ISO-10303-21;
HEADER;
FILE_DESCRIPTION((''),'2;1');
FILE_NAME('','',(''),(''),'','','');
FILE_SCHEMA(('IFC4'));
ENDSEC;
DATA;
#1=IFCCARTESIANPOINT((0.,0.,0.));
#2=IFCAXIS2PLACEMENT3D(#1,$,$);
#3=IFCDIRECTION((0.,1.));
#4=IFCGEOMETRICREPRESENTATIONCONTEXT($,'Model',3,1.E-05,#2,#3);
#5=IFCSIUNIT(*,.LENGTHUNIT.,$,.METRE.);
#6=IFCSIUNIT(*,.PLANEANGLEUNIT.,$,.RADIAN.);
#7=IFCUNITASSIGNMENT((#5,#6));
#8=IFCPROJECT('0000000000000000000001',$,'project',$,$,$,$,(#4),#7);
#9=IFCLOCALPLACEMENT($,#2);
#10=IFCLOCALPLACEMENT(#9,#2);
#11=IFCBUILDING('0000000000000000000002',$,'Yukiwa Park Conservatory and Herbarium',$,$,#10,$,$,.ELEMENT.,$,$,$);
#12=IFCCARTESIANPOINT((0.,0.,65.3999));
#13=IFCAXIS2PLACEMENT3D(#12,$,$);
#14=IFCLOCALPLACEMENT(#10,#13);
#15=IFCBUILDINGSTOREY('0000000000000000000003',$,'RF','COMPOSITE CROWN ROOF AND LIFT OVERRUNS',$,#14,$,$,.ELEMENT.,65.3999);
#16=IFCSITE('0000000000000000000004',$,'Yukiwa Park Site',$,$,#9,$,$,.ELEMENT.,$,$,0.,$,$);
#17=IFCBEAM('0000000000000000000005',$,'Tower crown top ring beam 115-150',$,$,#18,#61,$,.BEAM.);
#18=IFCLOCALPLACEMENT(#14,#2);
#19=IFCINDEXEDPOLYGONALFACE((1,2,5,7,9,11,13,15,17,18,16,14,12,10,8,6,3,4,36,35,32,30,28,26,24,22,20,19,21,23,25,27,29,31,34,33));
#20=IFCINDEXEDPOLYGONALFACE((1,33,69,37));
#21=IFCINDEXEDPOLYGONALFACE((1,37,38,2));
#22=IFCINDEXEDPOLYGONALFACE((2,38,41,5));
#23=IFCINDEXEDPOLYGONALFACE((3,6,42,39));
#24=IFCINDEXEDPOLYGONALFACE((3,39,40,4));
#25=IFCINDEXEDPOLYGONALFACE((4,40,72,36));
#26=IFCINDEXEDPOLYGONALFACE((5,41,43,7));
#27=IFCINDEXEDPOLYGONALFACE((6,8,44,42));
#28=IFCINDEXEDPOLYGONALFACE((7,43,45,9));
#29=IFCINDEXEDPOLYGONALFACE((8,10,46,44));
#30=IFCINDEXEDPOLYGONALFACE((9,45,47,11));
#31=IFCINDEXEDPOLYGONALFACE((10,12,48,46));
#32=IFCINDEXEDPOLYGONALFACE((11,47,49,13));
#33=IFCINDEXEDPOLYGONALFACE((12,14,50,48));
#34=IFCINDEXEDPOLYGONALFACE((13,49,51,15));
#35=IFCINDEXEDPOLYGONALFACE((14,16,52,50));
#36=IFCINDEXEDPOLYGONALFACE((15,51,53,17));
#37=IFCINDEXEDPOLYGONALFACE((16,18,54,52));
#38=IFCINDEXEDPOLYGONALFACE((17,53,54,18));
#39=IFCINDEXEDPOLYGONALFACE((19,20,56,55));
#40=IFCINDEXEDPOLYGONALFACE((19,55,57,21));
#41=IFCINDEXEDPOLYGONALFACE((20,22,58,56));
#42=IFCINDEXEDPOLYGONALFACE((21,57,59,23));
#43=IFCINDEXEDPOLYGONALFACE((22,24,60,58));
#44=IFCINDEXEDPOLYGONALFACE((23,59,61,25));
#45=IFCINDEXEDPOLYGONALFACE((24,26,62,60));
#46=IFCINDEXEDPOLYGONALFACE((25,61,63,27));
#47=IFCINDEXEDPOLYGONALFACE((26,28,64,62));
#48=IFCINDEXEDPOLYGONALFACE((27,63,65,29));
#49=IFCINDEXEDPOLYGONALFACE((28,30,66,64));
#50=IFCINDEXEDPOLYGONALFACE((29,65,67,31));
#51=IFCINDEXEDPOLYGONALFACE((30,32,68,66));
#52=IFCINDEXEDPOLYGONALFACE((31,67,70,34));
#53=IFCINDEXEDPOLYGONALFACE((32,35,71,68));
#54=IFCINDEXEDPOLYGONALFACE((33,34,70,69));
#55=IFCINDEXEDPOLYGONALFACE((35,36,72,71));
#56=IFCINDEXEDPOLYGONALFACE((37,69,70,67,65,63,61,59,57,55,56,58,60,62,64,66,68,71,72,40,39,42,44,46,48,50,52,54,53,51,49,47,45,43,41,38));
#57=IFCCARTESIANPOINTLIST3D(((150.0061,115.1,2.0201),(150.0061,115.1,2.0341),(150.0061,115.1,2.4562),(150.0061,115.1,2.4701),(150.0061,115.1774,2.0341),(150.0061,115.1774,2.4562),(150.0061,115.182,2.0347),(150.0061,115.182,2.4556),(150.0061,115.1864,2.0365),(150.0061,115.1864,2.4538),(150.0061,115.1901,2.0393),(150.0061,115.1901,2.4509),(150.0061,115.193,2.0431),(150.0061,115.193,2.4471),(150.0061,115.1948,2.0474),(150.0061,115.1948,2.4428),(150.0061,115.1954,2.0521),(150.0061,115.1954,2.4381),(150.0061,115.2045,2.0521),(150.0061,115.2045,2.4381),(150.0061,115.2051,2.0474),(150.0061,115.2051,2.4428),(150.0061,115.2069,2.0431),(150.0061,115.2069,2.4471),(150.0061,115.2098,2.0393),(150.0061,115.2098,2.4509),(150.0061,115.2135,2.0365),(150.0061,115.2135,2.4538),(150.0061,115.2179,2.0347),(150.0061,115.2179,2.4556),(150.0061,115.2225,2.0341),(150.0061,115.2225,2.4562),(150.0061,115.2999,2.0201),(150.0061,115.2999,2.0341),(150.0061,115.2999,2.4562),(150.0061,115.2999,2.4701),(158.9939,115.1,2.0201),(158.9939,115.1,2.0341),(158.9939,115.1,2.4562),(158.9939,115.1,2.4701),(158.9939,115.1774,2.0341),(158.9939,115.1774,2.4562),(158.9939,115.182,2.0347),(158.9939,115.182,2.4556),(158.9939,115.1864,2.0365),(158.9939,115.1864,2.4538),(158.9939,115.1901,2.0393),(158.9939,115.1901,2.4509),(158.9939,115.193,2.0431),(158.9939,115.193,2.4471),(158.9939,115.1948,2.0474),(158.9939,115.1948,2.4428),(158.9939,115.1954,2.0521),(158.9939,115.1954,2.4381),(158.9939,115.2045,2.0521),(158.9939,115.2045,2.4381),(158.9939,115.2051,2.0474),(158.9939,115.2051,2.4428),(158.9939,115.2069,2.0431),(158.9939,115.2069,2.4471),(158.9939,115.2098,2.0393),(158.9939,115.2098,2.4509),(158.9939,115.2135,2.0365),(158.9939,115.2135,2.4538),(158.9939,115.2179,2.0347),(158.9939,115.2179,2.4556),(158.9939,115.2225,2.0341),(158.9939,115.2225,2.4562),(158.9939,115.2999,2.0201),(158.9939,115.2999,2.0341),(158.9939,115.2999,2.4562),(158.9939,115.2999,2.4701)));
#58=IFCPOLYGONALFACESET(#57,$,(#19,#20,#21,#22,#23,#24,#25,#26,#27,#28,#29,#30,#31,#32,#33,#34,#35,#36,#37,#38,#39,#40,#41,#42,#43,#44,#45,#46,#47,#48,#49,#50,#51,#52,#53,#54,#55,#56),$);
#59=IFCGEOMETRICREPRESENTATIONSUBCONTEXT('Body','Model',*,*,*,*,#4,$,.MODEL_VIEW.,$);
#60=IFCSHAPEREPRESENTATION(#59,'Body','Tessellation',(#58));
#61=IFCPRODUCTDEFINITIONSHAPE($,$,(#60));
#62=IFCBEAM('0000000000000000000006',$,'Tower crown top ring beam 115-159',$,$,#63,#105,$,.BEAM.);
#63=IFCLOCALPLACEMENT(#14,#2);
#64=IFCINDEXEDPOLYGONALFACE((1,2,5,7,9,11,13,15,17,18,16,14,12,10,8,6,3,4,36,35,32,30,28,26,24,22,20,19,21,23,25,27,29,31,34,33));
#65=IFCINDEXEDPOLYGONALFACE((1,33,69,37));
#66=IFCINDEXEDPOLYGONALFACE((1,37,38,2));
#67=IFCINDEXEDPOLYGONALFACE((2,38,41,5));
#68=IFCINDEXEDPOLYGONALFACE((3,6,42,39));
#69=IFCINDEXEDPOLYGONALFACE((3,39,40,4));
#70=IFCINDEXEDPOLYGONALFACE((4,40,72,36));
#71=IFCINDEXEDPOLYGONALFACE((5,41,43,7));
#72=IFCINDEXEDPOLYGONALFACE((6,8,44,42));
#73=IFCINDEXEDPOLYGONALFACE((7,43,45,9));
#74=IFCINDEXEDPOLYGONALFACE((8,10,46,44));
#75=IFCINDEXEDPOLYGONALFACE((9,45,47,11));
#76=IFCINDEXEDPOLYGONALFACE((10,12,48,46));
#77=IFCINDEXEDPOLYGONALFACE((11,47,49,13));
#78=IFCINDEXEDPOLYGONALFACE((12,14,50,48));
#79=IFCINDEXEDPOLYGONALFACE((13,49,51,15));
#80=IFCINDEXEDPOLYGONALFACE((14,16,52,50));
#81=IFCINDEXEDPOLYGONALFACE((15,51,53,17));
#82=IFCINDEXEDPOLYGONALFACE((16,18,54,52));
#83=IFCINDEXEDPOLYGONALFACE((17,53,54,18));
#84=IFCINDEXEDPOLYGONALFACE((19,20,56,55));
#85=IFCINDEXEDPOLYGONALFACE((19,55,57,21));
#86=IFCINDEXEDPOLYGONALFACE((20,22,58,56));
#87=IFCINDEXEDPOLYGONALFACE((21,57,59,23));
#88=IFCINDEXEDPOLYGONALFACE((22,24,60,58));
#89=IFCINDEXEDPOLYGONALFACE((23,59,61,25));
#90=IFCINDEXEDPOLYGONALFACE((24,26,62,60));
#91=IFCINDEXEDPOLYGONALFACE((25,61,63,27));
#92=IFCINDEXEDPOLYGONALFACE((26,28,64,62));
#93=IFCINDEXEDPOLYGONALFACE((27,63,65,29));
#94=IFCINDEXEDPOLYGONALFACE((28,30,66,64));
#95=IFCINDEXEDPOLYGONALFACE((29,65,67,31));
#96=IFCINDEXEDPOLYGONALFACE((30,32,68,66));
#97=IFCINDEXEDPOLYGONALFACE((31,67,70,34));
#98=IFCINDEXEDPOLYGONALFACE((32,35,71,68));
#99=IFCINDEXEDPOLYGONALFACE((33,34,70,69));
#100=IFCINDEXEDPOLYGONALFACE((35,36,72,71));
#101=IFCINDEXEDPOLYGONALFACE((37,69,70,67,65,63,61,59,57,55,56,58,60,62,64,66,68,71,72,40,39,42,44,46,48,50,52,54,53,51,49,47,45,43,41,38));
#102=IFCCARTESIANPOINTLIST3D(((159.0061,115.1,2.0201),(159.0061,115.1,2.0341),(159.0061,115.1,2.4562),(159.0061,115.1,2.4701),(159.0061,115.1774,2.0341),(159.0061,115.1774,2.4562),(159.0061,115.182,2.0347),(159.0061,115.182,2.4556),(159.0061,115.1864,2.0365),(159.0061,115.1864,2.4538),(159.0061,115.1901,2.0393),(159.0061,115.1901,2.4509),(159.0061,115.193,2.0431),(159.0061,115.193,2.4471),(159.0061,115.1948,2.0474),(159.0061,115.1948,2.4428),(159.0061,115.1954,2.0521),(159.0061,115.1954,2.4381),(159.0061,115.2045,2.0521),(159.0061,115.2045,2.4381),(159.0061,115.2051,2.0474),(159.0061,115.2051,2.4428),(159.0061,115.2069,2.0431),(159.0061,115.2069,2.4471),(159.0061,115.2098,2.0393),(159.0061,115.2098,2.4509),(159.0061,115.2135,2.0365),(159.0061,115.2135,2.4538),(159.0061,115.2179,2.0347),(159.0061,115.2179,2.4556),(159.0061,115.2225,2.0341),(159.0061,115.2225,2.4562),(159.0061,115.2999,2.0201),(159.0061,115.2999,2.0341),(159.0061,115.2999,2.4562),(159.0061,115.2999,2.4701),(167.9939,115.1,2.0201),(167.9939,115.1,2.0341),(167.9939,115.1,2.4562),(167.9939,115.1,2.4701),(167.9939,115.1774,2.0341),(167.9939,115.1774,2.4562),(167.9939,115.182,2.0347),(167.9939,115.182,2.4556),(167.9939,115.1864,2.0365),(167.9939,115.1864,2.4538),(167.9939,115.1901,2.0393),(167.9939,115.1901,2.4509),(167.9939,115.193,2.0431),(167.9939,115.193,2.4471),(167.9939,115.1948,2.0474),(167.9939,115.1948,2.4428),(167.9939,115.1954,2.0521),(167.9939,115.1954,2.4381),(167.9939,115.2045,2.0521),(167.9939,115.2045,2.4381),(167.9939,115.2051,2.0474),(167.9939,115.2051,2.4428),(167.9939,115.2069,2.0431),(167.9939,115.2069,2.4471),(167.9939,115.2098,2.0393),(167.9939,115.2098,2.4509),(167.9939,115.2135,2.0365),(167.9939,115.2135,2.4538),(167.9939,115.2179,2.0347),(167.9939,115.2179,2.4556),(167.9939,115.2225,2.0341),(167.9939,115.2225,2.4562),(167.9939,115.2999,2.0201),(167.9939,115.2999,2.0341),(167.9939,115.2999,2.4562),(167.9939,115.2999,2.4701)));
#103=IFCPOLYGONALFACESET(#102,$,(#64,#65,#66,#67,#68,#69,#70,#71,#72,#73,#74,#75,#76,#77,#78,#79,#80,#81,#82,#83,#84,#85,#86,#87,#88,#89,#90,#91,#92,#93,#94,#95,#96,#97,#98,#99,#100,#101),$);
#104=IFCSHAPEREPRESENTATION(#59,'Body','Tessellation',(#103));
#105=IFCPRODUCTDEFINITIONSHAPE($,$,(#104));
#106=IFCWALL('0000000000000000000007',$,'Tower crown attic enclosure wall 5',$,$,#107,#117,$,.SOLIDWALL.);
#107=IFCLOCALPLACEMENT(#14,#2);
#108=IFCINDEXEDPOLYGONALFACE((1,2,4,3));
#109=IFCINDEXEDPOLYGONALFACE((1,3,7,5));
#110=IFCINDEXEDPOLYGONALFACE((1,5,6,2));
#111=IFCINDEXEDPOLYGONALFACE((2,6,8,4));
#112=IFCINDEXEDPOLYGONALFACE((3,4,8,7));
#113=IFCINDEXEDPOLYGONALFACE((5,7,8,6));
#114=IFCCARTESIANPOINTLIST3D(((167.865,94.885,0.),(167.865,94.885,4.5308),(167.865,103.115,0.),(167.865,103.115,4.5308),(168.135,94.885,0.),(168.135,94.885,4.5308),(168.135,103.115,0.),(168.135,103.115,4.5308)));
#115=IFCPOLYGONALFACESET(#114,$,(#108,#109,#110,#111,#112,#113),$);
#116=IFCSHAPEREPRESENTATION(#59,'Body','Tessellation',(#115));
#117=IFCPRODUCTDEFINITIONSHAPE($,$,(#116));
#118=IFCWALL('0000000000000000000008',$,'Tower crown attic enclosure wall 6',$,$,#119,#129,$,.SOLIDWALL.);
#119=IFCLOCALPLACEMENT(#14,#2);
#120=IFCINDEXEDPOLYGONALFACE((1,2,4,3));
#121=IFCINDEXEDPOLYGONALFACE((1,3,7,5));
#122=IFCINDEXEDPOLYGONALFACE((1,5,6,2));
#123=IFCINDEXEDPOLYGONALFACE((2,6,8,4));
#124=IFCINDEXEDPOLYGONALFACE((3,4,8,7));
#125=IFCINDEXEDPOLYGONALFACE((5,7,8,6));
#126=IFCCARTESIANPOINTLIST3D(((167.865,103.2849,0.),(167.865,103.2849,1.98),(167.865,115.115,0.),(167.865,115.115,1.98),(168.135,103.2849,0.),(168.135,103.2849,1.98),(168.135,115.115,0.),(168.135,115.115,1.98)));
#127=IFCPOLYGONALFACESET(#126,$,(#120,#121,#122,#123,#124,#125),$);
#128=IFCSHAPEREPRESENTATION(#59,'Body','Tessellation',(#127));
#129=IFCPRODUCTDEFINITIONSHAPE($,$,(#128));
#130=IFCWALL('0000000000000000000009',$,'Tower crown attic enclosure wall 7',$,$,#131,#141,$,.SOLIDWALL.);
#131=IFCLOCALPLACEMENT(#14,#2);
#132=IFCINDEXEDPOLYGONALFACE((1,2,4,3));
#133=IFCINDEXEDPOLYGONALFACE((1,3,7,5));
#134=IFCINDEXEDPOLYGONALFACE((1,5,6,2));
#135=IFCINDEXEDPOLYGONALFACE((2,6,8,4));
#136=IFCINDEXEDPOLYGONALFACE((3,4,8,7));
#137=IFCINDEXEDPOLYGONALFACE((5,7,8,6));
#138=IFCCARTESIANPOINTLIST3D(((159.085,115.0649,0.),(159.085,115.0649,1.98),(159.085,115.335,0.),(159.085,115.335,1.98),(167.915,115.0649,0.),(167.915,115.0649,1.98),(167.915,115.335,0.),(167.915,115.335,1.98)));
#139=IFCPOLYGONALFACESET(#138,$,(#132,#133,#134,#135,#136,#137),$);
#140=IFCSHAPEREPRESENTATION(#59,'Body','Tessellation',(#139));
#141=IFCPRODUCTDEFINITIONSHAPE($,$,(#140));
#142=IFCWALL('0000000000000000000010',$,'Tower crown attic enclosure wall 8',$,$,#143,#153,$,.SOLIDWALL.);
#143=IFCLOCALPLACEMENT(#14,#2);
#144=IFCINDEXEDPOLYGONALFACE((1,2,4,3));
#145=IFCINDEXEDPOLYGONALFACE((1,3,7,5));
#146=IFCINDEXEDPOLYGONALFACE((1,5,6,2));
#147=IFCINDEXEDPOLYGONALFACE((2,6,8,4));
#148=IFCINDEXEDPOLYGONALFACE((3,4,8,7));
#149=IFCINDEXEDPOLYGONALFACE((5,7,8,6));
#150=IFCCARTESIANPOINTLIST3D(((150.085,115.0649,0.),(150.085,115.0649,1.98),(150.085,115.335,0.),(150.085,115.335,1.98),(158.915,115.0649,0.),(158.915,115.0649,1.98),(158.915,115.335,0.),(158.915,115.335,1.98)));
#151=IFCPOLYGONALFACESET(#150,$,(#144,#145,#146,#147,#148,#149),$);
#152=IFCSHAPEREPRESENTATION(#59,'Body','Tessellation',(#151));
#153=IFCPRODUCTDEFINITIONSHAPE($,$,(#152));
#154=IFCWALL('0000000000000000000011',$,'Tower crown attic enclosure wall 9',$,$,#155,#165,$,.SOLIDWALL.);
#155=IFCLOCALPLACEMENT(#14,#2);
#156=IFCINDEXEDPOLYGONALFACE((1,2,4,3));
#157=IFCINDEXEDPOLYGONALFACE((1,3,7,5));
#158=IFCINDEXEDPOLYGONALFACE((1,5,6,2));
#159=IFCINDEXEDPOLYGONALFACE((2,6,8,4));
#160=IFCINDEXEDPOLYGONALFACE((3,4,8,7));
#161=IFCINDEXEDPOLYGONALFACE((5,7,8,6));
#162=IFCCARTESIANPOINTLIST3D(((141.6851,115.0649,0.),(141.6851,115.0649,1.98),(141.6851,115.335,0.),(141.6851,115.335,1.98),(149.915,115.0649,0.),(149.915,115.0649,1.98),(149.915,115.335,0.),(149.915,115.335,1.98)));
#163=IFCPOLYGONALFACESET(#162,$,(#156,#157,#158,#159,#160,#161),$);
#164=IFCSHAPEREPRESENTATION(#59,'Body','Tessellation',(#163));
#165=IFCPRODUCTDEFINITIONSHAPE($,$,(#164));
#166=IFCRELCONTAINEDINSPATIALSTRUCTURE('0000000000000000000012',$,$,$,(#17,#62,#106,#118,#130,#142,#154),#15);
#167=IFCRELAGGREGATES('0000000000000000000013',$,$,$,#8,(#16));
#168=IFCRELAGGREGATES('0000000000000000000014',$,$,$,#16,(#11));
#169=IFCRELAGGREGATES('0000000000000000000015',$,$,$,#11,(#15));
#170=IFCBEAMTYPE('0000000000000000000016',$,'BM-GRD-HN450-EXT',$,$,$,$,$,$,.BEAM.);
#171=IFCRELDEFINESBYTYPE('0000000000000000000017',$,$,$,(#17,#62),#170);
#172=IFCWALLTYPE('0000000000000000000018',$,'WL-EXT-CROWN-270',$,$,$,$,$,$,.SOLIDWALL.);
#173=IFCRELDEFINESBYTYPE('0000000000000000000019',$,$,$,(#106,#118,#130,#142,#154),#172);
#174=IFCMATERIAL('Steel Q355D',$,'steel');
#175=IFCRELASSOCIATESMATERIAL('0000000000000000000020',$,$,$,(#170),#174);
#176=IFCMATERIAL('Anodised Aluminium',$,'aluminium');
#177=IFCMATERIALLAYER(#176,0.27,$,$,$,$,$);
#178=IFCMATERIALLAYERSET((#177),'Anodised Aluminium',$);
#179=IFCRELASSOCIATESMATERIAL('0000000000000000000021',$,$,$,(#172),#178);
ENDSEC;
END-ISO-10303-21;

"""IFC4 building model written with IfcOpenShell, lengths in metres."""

from ifc_helpers import new_model, si_unit, direction, frame, frame_2d, origin, origin_2d, place, context, subcontext, project, spatial, rectangle, i_section, extrude, material, layer, layer_set, material_profile, profile_set, type_object, element, save


model = new_model("IFC4")

# Units and contexts
model_context = context("Model", 3, precision=1e-05, world=origin(), true_north=direction((0.0, 1.0)))
body_context = subcontext(model_context, "Body", "Model", "MODEL_VIEW")
ifc_project = project(units=[si_unit("LENGTHUNIT", "METRE"), si_unit("PLANEANGLEUNIT", "RADIAN")], contexts=[model_context])

# Site, building, storey
site_placement = place(None, origin())
site = spatial("IfcSite", under=ifc_project, at=site_placement, Name="Yukiwa Park Site", CompositionType="ELEMENT", RefElevation=0.0)
building_placement = place(site_placement, origin())
building = spatial("IfcBuilding", under=site, at=building_placement, Name="Yukiwa Park Conservatory and Herbarium", CompositionType="ELEMENT")
storey_placement = place(building_placement, frame((0.0, 0.0, 65.3999)))
storey = spatial("IfcBuildingStorey", under=building, at=storey_placement, Name="RF", Description="COMPOSITE CROWN ROOF AND LIFT OVERRUNS", CompositionType="ELEMENT", Elevation=65.3999)

# Beams
ifc_material_1 = material(Name="Steel Q355D", Category="steel")
ifc_material_profile_1 = material_profile(ifc_material_1, i_section(OverallWidth=0.2, OverallDepth=0.45, WebThickness=0.009, FlangeThickness=0.0139, FilletRadius=0.0181, at=origin_2d()), Name="HN 450x200x9x14")
ifc_profile_set_1 = profile_set([ifc_material_profile_1], Name="Steel Q355D")
beam_type_1 = type_object("IfcBeamType", Name="BM-GRD-HN450-EXT", PredefinedType="BEAM", material=ifc_profile_set_1)
for number, where, z_axis, x_axis, name in (
    (1, (150.0061, 115.2, 2.2451), (1.0, 0.0, 0.0), (0.0, 1.0, 0.0), "Tower crown top ring beam 115-150"),
    (2, (159.0061, 115.2, 2.2451), (1.0, 0.0, 0.0), (0.0, 1.0, 0.0), "Tower crown top ring beam 115-159"),
):
    element("IfcBeam", number, at=place(storey_placement, frame(where, z_axis=z_axis, x_axis=x_axis)), inside=storey, type_object=beam_type_1, Name=name, PredefinedType="BEAM", context=body_context, shape_type="SweptSolid", body=[
        extrude(i_section(OverallWidth=0.2, OverallDepth=0.45, WebThickness=0.009, FlangeThickness=0.0139, FilletRadius=0.0181, at=origin_2d()), origin(), (0.0, 0.0, 1.0), 8.9878),
    ])

# Walls
ifc_material_2 = material(Name="Anodised Aluminium", Category="aluminium")
ifc_layer = layer(ifc_material_2, 0.27)
ifc_layer_set = layer_set([ifc_layer], Name="Anodised Aluminium")
wall_type = type_object("IfcWallType", Name="WL-EXT-CROWN-270", PredefinedType="SOLIDWALL", material=ifc_layer_set)
wall_1_placement = place(storey_placement, frame((168.0, 94.885, 0.0), z_axis=(0.0, 0.0, 1.0), x_axis=(0.0, 1.0, 0.0)))
element("IfcWall", 3, at=wall_1_placement, inside=storey, type_object=wall_type, Name="Tower crown attic enclosure wall 5", PredefinedType="SOLIDWALL", context=body_context, shape_type="SweptSolid", body=[
    extrude(rectangle(XDim=8.23, YDim=0.27, at=frame_2d((4.115, 0.0))), origin(), (0.0, 0.0, 1.0), 4.5308),
])
wall_2_placement = place(storey_placement, frame((168.0, 103.2849, 0.0), z_axis=(0.0, 0.0, 1.0), x_axis=(0.0, 1.0, 0.0)))
element("IfcWall", 4, at=wall_2_placement, inside=storey, type_object=wall_type, Name="Tower crown attic enclosure wall 6", PredefinedType="SOLIDWALL", context=body_context, shape_type="SweptSolid", body=[
    extrude(rectangle(XDim=11.8301, YDim=0.27, at=frame_2d((5.915, 0.0))), origin(), (0.0, 0.0, 1.0), 1.98),
])
for number, where, z_axis, x_axis, name in (
    (5, (167.915, 115.2, 0.0), (0.0, 0.0, 1.0), (-1.0, 0.0, 0.0), "Tower crown attic enclosure wall 7"),
    (6, (158.915, 115.2, 0.0), (0.0, 0.0, 1.0), (-1.0, 0.0, 0.0), "Tower crown attic enclosure wall 8"),
):
    element("IfcWall", number, at=place(storey_placement, frame(where, z_axis=z_axis, x_axis=x_axis)), inside=storey, type_object=wall_type, Name=name, PredefinedType="SOLIDWALL", context=body_context, shape_type="SweptSolid", body=[
        extrude(rectangle(XDim=8.8301, YDim=0.27, at=frame_2d((4.415, 0.0))), origin(), (0.0, 0.0, 1.0), 1.98),
    ])
wall_3_placement = place(storey_placement, frame((149.915, 115.2, 0.0), z_axis=(0.0, 0.0, 1.0), x_axis=(-1.0, 0.0, 0.0)))
element("IfcWall", 7, at=wall_3_placement, inside=storey, type_object=wall_type, Name="Tower crown attic enclosure wall 9", PredefinedType="SOLIDWALL", context=body_context, shape_type="SweptSolid", body=[
    extrude(rectangle(XDim=8.23, YDim=0.27, at=frame_2d((4.115, 0.0))), origin(), (0.0, 0.0, 1.0), 1.98),
])

save(model, "model.ifc")
